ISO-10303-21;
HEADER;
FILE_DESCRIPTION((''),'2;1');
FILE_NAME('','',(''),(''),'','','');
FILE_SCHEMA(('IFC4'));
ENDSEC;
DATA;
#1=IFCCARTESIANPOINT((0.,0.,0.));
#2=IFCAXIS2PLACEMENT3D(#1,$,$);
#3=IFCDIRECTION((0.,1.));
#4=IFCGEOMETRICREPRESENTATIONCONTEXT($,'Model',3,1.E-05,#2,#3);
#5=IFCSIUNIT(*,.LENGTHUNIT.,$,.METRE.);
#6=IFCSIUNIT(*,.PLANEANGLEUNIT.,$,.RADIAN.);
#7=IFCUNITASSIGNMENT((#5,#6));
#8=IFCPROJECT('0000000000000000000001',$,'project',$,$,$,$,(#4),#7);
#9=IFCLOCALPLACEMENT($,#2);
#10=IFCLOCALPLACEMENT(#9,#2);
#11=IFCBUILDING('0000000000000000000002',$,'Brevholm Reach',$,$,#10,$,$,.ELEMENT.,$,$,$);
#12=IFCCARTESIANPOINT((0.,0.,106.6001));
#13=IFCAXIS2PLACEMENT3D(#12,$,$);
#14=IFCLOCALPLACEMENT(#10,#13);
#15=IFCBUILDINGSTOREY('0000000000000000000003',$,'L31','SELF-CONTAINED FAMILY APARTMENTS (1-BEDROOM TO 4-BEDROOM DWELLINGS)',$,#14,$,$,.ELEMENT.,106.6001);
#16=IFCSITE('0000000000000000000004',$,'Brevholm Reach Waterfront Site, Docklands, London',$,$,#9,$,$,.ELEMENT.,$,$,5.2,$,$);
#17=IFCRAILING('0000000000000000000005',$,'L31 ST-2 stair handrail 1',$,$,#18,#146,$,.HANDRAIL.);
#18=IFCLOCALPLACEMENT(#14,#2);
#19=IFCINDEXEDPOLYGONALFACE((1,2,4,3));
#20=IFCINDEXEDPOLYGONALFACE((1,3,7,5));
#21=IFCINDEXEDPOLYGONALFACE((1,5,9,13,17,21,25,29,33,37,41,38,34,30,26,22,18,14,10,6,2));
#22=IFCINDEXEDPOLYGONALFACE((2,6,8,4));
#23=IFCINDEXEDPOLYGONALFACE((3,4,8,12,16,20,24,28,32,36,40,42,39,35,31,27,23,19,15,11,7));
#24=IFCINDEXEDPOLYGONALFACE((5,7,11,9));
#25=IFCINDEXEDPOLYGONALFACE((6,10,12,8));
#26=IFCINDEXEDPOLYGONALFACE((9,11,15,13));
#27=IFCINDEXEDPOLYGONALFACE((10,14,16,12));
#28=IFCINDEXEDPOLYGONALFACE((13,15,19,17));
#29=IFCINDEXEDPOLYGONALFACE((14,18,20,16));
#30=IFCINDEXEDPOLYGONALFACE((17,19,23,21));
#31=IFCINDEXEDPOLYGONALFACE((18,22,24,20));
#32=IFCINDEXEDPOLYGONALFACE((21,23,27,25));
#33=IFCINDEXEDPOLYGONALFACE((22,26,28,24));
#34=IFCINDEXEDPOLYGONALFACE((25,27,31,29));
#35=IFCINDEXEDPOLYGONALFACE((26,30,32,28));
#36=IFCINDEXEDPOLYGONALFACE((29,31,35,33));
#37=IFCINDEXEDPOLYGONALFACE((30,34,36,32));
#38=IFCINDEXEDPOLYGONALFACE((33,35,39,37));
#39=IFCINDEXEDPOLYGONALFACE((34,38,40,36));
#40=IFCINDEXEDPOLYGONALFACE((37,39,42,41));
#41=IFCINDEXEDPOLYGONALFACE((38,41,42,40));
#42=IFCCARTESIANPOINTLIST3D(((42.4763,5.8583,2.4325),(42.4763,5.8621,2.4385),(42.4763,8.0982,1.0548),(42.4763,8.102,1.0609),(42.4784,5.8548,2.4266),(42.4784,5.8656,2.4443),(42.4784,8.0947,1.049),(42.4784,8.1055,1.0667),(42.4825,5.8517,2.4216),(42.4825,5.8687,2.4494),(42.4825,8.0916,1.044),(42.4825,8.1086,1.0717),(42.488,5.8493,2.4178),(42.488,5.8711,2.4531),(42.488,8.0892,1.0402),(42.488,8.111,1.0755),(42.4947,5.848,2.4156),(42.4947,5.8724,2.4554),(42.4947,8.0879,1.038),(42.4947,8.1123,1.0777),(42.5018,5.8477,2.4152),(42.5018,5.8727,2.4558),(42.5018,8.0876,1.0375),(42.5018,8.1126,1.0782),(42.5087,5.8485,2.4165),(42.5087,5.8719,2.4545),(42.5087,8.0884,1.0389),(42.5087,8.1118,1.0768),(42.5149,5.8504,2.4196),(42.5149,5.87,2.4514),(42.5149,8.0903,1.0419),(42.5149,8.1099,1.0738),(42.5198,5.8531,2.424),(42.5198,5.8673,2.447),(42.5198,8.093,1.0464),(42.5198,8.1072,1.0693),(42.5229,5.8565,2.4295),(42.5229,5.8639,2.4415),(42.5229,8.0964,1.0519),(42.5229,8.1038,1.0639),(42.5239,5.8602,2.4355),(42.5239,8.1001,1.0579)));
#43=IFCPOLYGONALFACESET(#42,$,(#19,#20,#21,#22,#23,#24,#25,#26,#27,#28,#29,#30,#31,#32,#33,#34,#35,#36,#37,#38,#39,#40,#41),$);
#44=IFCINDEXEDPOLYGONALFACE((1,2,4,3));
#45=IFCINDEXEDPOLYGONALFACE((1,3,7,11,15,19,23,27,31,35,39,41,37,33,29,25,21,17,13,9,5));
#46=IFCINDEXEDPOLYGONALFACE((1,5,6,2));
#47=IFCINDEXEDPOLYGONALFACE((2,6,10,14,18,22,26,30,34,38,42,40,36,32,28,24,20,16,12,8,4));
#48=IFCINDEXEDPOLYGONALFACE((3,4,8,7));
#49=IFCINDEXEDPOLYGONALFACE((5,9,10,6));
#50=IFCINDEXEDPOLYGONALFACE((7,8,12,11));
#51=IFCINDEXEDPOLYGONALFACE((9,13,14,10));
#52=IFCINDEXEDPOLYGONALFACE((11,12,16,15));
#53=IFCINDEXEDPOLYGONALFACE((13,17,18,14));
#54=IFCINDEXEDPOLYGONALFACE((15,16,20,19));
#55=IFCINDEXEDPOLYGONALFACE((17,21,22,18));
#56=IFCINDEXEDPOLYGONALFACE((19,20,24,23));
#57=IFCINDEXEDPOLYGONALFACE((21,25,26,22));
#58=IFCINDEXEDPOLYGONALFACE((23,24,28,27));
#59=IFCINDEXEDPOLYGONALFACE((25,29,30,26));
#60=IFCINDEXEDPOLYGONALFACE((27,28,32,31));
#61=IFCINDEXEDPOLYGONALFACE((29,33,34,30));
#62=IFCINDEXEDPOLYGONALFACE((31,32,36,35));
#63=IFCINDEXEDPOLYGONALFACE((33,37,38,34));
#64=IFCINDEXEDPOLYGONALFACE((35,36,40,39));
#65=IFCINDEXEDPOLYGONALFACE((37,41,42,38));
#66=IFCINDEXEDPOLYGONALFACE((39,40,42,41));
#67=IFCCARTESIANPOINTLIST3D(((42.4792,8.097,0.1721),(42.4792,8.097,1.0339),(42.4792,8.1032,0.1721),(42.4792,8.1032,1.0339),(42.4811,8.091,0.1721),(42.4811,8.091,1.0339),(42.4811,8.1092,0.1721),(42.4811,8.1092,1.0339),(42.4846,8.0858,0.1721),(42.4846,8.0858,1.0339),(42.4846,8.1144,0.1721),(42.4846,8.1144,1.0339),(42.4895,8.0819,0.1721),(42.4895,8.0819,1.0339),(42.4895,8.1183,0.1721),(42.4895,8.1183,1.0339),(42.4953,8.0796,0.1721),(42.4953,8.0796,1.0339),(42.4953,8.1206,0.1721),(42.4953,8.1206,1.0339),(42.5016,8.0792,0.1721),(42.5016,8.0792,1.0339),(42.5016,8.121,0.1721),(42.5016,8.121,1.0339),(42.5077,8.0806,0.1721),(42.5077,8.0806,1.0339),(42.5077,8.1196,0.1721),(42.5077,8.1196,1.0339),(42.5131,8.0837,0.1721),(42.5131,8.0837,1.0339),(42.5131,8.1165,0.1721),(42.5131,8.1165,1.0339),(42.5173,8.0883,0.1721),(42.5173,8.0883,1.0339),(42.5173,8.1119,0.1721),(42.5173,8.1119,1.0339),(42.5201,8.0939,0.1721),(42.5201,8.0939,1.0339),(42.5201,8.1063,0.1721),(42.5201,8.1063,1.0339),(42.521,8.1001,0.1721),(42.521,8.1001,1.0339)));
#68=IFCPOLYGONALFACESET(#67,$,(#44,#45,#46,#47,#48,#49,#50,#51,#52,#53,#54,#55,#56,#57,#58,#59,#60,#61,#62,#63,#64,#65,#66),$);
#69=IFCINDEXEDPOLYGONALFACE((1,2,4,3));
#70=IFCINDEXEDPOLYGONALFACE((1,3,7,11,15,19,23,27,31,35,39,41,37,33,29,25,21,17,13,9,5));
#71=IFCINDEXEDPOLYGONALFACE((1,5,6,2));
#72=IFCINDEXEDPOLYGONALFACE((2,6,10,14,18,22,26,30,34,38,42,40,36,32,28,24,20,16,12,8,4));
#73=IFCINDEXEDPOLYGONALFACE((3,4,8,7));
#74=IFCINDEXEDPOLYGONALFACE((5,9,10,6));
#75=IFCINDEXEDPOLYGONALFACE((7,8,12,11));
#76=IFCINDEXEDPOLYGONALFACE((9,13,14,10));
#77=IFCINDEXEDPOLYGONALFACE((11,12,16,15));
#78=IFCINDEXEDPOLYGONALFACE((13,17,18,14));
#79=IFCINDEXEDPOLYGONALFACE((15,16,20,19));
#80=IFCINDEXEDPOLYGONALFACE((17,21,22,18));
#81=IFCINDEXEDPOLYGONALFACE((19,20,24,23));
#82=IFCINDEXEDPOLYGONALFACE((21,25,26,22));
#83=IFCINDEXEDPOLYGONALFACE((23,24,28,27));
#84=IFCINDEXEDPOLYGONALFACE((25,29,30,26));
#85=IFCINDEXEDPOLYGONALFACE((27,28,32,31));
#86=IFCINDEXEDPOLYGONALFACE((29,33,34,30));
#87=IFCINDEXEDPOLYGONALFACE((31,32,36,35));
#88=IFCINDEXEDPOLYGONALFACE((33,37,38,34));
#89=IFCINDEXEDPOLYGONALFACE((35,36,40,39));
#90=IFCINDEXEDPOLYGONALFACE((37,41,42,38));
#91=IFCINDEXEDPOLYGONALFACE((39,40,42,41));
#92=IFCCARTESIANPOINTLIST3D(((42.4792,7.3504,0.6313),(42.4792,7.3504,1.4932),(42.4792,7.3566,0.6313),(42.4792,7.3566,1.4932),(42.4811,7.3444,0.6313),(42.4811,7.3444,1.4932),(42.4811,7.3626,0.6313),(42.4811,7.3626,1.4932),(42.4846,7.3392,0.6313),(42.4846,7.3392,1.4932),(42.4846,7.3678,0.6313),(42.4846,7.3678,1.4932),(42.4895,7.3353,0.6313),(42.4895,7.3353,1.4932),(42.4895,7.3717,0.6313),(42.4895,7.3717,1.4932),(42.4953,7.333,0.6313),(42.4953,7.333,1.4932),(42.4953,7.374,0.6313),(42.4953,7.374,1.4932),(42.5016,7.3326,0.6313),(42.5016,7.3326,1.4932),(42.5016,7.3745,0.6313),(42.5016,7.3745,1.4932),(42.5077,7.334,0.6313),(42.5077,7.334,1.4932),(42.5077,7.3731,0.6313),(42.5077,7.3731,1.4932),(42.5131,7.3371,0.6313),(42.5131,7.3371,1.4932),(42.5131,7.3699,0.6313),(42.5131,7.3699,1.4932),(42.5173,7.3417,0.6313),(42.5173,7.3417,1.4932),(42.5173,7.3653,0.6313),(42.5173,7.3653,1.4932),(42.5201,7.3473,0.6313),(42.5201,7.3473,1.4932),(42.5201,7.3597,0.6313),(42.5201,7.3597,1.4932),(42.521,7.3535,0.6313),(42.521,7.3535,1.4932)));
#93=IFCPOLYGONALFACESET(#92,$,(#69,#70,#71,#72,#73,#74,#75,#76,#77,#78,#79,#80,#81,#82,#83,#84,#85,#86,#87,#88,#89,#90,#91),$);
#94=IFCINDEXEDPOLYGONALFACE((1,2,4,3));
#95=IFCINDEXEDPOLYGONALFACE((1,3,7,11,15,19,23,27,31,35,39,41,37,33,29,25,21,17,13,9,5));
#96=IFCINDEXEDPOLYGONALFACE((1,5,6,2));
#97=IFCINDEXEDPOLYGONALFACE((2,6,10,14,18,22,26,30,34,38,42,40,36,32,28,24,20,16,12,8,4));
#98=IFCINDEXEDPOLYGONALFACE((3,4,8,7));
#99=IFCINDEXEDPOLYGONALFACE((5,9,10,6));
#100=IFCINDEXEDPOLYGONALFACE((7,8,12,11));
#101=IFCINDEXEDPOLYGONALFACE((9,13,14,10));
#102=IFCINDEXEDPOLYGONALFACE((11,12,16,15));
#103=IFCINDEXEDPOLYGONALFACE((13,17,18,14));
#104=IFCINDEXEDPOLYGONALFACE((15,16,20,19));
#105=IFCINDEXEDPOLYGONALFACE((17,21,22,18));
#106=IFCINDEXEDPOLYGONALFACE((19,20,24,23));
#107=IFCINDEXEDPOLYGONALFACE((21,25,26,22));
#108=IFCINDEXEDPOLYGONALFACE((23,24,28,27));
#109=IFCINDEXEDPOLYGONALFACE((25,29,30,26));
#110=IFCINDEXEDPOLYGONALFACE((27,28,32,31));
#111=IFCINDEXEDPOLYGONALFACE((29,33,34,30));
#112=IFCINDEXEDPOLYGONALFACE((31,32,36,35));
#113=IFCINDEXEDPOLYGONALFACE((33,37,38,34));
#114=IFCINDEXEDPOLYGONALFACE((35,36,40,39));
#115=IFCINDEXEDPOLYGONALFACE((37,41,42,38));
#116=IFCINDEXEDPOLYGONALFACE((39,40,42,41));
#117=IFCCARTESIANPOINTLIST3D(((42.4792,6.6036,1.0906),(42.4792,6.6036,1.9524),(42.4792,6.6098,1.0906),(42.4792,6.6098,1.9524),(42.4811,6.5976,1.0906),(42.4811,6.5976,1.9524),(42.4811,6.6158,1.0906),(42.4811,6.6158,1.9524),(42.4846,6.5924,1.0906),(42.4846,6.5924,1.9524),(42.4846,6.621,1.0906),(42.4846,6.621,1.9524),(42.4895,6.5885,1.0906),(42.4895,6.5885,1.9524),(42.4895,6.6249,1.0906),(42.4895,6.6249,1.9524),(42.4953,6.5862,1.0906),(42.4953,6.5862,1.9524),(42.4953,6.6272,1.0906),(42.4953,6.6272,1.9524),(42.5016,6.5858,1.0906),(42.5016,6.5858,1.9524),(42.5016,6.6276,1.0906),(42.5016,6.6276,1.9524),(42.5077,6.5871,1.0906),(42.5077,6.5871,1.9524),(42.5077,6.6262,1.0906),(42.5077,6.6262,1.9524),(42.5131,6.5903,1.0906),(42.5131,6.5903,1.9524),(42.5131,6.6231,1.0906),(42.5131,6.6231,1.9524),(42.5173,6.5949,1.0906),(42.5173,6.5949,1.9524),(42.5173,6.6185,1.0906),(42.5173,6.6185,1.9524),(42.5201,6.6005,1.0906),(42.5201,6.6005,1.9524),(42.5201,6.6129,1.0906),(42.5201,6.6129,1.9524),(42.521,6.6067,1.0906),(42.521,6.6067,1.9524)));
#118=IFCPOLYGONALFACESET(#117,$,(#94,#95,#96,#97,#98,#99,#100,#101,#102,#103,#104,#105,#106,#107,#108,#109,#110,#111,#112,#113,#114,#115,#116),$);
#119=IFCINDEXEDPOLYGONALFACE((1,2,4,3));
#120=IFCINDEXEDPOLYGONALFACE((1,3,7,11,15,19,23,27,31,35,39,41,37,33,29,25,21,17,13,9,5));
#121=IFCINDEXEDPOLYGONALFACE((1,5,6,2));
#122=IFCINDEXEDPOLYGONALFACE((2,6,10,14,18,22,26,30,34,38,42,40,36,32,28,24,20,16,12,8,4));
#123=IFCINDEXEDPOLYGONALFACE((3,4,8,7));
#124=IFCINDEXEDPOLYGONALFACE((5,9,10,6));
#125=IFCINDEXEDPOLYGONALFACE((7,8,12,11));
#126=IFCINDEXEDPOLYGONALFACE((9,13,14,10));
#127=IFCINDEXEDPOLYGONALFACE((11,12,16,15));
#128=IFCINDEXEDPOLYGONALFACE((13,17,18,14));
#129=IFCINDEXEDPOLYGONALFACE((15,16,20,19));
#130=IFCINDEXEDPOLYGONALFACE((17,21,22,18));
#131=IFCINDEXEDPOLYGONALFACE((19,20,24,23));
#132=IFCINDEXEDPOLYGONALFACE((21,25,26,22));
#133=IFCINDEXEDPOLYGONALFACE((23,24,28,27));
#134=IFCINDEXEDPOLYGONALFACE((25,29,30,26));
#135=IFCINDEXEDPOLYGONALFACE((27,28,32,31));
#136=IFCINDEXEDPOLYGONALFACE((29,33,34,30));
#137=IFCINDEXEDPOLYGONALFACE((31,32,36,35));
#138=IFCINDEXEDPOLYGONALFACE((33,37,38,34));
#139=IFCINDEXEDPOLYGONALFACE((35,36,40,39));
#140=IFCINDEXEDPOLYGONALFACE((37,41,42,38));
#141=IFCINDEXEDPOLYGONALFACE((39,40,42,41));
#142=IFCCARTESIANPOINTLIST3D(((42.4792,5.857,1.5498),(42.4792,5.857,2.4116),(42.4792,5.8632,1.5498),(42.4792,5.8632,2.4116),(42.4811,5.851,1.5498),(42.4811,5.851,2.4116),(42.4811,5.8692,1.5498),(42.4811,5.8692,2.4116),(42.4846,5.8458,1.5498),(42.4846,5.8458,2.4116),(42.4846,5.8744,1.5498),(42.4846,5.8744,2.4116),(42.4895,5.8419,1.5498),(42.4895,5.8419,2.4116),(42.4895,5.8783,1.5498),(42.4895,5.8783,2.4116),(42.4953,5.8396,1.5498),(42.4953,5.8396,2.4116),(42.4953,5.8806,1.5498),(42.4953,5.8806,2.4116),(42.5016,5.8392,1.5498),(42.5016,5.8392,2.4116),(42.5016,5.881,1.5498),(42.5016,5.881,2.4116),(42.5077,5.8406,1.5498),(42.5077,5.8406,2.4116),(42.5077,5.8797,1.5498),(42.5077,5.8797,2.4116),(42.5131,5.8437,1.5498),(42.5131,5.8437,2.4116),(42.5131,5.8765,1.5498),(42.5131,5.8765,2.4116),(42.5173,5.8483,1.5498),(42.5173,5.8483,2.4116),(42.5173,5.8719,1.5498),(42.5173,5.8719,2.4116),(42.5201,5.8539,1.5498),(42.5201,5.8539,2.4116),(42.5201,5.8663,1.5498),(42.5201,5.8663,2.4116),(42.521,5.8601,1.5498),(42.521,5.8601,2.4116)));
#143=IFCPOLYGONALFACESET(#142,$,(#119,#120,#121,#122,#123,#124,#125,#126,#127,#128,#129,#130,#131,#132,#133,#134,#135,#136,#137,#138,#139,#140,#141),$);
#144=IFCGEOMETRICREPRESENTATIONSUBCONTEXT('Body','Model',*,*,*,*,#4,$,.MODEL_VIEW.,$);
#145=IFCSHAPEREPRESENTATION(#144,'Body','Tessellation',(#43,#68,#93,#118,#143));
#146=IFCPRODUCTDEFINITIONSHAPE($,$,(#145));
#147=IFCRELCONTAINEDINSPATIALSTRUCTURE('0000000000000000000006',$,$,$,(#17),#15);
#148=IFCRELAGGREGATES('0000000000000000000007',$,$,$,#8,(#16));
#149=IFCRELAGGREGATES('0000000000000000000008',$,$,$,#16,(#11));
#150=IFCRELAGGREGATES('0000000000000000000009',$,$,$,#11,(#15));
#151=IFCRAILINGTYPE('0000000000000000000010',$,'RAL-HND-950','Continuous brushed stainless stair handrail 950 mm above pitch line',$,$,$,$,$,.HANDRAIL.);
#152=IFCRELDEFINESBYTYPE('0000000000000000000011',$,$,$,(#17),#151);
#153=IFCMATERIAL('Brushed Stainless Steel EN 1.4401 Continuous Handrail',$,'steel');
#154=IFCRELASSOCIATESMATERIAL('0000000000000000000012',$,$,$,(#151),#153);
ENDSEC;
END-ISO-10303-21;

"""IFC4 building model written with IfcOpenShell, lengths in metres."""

from ifc_helpers import new_model, si_unit, direction, frame, origin, origin_2d, place, context, subcontext, project, spatial, circle, extrude, material, type_object, element, save


model = new_model("IFC4")

# Units and contexts
model_context = context("Model", 3, precision=1e-05, world=origin(), true_north=direction((0.0, 1.0)))
body_context = subcontext(model_context, "Body", "Model", "MODEL_VIEW")
ifc_project = project(units=[si_unit("LENGTHUNIT", "METRE"), si_unit("PLANEANGLEUNIT", "RADIAN")], contexts=[model_context])

# Site, building, storey
site_placement = place(None, origin())
site = spatial("IfcSite", under=ifc_project, at=site_placement, Name="Brevholm Reach Waterfront Site, Docklands, London", CompositionType="ELEMENT", RefElevation=5.2)
building_placement = place(site_placement, origin())
building = spatial("IfcBuilding", under=site, at=building_placement, Name="Brevholm Reach", CompositionType="ELEMENT")
storey_placement = place(building_placement, frame((0.0, 0.0, 106.6001)))
storey = spatial("IfcBuildingStorey", under=building, at=storey_placement, Name="L31", Description="SELF-CONTAINED FAMILY APARTMENTS (1-BEDROOM TO 4-BEDROOM DWELLINGS)", CompositionType="ELEMENT", Elevation=106.6001)

# Railing
ifc_material_1 = material(Name="Brushed Stainless Steel EN 1.4401 Continuous Handrail", Category="steel")
railing_type_1 = type_object("IfcRailingType", Name="RAL-HND-950", Description="Continuous brushed stainless stair handrail 950 mm above pitch line", PredefinedType="HANDRAIL", material=ifc_material_1)
railing_1_placement = place(storey_placement, frame((42.5, 8.1001, 0.1721)))
element("IfcRailing", 1, at=railing_1_placement, inside=storey, type_object=railing_type_1, Name="L31 ST-2 stair handrail 1", PredefinedType="HANDRAIL", context=body_context, shape_type="SweptSolid", body=[
    extrude(circle(Radius=0.0239, at=origin_2d()), frame((0.0, 0.0, 0.8857), z_axis=(0.0, -0.851789, 0.523885), x_axis=(1.0, 0.0, 0.0)), (0.0, 0.0, 1.0), 2.6296),
    extrude(circle(Radius=0.021, at=origin_2d()), origin(), (0.0, 0.0, 1.0), 0.8618),
    extrude(circle(Radius=0.021, at=origin_2d()), frame((0.0, -0.7466, 0.4592)), (0.0, 0.0, 1.0), 0.8618),
    extrude(circle(Radius=0.021, at=origin_2d()), frame((0.0, -1.4934, 0.9185)), (0.0, 0.0, 1.0), 0.8618),
    extrude(circle(Radius=0.021, at=origin_2d()), frame((0.0, -2.24, 1.3777)), (0.0, 0.0, 1.0), 0.8618),
])

save(model, "model.ifc")
